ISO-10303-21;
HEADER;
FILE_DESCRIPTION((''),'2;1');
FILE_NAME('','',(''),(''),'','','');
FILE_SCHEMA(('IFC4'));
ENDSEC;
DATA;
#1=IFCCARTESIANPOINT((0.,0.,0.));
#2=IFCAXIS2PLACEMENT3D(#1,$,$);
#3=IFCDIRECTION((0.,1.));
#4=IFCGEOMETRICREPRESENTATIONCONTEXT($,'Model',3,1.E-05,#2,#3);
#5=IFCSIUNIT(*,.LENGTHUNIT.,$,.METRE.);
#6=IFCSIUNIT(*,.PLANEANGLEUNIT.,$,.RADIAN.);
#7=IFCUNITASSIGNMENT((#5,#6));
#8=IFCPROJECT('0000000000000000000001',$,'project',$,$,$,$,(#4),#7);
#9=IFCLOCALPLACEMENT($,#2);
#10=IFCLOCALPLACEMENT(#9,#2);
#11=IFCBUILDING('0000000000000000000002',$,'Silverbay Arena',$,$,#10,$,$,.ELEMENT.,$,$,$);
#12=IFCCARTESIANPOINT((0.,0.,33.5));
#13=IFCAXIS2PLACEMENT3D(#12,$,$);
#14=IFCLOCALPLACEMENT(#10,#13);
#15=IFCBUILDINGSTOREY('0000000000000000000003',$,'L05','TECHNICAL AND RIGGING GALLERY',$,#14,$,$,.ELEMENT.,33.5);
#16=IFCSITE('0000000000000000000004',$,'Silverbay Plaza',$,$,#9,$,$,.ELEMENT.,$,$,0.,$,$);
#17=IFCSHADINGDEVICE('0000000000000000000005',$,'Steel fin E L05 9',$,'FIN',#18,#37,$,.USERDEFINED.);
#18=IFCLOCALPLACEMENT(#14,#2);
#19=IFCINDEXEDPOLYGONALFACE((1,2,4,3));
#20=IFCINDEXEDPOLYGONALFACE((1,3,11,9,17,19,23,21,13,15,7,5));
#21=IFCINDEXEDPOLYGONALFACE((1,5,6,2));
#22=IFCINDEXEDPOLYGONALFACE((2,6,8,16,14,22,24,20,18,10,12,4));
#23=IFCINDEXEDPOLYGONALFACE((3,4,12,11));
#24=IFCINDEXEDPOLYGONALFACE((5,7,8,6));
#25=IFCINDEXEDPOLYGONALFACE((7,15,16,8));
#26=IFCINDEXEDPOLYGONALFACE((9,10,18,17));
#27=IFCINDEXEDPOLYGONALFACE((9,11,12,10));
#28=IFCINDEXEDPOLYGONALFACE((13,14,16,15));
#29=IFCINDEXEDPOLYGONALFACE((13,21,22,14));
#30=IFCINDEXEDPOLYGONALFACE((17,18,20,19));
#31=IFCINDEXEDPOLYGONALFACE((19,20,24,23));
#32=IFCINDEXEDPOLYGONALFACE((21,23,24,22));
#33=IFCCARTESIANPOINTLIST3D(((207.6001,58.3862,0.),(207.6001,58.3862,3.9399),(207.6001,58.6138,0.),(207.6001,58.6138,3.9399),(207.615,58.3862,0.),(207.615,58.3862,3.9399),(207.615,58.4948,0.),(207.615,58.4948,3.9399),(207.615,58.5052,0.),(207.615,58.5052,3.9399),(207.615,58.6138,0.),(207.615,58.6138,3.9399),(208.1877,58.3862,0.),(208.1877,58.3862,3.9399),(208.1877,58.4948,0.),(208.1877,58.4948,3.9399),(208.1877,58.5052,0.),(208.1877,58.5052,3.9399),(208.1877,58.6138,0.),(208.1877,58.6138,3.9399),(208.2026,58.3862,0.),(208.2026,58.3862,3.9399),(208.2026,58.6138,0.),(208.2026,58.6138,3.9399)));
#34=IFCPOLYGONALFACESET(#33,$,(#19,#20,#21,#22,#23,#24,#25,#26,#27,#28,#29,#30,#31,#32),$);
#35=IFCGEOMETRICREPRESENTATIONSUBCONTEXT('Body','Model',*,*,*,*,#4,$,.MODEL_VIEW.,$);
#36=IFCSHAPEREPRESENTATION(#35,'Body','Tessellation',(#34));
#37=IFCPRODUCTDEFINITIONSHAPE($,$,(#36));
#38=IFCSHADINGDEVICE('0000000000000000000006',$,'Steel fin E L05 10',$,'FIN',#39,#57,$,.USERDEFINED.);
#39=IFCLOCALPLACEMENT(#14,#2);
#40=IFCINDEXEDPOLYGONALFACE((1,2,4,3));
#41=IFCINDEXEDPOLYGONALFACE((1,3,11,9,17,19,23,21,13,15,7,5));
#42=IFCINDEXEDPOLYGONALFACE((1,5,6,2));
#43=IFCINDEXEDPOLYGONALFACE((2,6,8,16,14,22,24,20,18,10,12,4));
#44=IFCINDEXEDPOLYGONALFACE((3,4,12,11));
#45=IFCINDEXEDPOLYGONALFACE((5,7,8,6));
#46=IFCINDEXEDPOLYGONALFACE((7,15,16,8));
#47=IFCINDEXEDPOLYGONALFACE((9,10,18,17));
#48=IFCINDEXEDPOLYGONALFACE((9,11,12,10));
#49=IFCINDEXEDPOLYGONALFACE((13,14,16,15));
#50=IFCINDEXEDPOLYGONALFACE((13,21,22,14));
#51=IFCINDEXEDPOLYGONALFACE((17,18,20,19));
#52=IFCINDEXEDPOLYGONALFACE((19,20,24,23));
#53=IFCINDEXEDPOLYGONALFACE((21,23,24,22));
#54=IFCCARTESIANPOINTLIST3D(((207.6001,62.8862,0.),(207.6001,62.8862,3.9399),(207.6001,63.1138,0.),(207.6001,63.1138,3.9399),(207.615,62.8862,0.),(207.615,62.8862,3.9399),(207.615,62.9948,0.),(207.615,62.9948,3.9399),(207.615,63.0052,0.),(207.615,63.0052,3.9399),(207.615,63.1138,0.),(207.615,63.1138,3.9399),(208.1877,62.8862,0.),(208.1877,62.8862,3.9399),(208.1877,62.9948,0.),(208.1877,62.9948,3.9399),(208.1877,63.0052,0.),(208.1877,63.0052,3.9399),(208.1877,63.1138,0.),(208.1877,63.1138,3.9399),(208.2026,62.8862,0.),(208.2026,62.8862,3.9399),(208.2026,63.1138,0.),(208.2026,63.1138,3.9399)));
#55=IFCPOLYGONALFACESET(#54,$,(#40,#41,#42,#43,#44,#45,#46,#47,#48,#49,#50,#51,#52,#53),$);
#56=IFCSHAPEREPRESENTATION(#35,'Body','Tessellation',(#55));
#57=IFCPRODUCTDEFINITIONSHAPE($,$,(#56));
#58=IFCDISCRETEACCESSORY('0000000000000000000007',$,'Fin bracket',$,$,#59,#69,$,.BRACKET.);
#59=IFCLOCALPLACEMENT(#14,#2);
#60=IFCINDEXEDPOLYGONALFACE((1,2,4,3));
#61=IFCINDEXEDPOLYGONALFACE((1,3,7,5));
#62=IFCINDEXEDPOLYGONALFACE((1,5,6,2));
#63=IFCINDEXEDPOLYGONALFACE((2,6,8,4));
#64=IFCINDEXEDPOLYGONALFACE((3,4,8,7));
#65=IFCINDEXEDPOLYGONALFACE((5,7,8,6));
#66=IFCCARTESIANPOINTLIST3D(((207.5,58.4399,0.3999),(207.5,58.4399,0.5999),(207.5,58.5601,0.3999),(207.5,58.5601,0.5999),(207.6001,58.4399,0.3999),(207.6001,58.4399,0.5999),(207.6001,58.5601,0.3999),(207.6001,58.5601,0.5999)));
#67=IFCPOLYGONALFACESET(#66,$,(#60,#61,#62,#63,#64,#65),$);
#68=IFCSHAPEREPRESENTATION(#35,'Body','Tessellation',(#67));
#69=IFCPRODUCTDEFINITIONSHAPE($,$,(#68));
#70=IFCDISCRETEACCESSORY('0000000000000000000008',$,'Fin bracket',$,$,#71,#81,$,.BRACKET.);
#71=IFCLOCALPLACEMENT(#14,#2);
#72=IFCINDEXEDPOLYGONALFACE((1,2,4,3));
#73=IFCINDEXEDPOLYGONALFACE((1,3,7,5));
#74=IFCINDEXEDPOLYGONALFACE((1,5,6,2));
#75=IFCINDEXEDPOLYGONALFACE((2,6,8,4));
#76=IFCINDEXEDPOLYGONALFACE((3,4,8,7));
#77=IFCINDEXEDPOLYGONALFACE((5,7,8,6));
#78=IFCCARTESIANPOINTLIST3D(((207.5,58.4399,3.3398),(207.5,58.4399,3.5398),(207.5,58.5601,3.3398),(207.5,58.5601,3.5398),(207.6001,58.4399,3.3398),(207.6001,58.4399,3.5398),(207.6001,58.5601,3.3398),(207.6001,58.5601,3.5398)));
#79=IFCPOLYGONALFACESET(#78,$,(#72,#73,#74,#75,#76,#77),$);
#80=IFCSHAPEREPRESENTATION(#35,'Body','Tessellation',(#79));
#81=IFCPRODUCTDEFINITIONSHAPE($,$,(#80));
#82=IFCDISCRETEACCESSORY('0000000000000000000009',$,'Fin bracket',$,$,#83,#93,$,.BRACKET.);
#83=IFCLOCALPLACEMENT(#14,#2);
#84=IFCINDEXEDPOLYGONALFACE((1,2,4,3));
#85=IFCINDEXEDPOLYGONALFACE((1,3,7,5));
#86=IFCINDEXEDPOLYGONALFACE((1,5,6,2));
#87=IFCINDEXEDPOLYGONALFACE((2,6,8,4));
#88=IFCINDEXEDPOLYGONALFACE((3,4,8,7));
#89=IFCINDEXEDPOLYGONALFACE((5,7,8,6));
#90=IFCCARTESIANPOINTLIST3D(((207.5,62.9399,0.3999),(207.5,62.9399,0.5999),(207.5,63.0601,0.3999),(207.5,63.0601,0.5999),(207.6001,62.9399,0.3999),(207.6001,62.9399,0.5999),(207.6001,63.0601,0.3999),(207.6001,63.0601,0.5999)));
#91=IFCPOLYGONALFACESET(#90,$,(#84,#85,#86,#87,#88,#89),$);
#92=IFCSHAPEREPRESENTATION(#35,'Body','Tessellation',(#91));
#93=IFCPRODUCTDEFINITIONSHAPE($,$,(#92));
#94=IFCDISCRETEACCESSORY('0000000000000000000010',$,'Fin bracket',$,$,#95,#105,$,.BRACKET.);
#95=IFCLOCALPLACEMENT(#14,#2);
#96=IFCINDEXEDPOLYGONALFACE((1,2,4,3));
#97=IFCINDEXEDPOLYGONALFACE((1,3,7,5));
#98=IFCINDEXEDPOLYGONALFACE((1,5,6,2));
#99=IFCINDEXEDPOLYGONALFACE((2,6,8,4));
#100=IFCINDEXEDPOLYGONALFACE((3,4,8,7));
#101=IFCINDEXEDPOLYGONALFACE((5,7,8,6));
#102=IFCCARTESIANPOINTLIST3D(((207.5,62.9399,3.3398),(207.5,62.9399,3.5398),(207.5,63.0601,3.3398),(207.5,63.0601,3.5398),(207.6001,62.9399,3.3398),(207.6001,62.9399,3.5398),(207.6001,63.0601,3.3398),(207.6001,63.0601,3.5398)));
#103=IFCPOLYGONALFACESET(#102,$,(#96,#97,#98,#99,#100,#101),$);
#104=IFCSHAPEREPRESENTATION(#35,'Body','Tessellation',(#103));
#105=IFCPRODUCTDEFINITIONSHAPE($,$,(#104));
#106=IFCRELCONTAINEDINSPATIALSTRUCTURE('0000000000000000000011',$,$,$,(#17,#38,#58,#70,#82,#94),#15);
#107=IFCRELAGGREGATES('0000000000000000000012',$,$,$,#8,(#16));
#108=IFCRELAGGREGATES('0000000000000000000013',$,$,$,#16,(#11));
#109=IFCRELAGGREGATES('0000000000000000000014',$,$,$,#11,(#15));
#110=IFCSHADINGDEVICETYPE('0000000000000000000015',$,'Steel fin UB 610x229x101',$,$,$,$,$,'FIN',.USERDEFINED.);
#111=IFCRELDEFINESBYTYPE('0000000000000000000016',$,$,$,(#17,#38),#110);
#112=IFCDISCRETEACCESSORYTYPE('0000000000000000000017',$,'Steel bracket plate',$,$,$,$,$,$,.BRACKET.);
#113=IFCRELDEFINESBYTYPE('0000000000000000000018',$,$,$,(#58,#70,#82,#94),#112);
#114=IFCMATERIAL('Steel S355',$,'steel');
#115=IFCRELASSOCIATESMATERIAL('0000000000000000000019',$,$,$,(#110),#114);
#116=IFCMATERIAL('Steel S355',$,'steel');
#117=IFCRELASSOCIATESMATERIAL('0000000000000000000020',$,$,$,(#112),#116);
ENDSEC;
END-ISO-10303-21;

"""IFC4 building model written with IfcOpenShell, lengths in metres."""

from ifc_helpers import new_model, si_unit, direction, frame, origin, origin_2d, place, context, subcontext, project, spatial, rectangle, i_section, extrude, material, material_profile, profile_set, type_object, element, save


model = new_model("IFC4")

# Units and contexts
model_context = context("Model", 3, precision=1e-05, world=origin(), true_north=direction((0.0, 1.0)))
body_context = subcontext(model_context, "Body", "Model", "MODEL_VIEW")
ifc_project = project(units=[si_unit("LENGTHUNIT", "METRE"), si_unit("PLANEANGLEUNIT", "RADIAN")], contexts=[model_context])

# Site, building, storey
site_placement = place(None, origin())
site = spatial("IfcSite", under=ifc_project, at=site_placement, Name="Silverbay Plaza", CompositionType="ELEMENT", RefElevation=0.0)
building_placement = place(site_placement, origin())
building = spatial("IfcBuilding", under=site, at=building_placement, Name="Silverbay Arena", CompositionType="ELEMENT")
storey_placement = place(building_placement, frame((0.0, 0.0, 33.5)))
storey = spatial("IfcBuildingStorey", under=building, at=storey_placement, Name="L05", Description="TECHNICAL AND RIGGING GALLERY", CompositionType="ELEMENT", Elevation=33.5)

# Shading devices
ifc_material_1 = material(Name="Steel S355", Category="steel")
ifc_material_profile_1 = material_profile(ifc_material_1, i_section(OverallWidth=0.2275, OverallDepth=0.6025, WebThickness=0.0105, FlangeThickness=0.0149, at=origin_2d()), Name="UB 610x229x101")
ifc_profile_set_1 = profile_set([ifc_material_profile_1], Name="Steel S355")
shading_device_type = type_object("IfcShadingDeviceType", Name="Steel fin UB 610x229x101", ElementType="FIN", PredefinedType="USERDEFINED", material=ifc_profile_set_1)
for number, where, z_axis, x_axis, name in (
    (1, (207.9014, 58.5, 0.0), (0.0, 0.0, 1.0), (0.0, 1.0, 0.0), "Steel fin E L05 9"),
    (2, (207.9014, 63.0, 0.0), (0.0, 0.0, 1.0), (0.0, 1.0, 0.0), "Steel fin E L05 10"),
):
    element("IfcShadingDevice", number, at=place(storey_placement, frame(where, z_axis=z_axis, x_axis=x_axis)), inside=storey, type_object=shading_device_type, Name=name, ObjectType="FIN", PredefinedType="USERDEFINED", context=body_context, shape_type="SweptSolid", body=[
        extrude(i_section(OverallWidth=0.2275, OverallDepth=0.6025, WebThickness=0.0105, FlangeThickness=0.0149, at=origin_2d()), origin(), (0.0, 0.0, 1.0), 3.9399),
    ])

# Discrete accessories
ifc_material_2 = material(Name="Steel S355", Category="steel")
discrete_accessory_type = type_object("IfcDiscreteAccessoryType", Name="Steel bracket plate", PredefinedType="BRACKET", material=ifc_material_2)
for number, where, z_axis, x_axis, name in (
    (3, (207.55, 58.5, 0.3999), (0.0, 0.0, 1.0), (1.0, 0.0, 0.0), "Fin bracket"),
    (4, (207.55, 58.5, 3.3398), (0.0, 0.0, 1.0), (1.0, 0.0, 0.0), "Fin bracket"),
    (5, (207.55, 63.0, 0.3999), (0.0, 0.0, 1.0), (1.0, 0.0, 0.0), "Fin bracket"),
    (6, (207.55, 63.0, 3.3398), (0.0, 0.0, 1.0), (1.0, 0.0, 0.0), "Fin bracket"),
):
    element("IfcDiscreteAccessory", number, at=place(storey_placement, frame(where, z_axis=z_axis, x_axis=x_axis)), inside=storey, type_object=discrete_accessory_type, Name=name, PredefinedType="BRACKET", context=body_context, shape_type="SweptSolid", body=[
        extrude(rectangle(XDim=0.1001, YDim=0.1201, at=origin_2d()), origin(), (0.0, 0.0, 1.0), 0.2),
    ])

save(model, "model.ifc")
